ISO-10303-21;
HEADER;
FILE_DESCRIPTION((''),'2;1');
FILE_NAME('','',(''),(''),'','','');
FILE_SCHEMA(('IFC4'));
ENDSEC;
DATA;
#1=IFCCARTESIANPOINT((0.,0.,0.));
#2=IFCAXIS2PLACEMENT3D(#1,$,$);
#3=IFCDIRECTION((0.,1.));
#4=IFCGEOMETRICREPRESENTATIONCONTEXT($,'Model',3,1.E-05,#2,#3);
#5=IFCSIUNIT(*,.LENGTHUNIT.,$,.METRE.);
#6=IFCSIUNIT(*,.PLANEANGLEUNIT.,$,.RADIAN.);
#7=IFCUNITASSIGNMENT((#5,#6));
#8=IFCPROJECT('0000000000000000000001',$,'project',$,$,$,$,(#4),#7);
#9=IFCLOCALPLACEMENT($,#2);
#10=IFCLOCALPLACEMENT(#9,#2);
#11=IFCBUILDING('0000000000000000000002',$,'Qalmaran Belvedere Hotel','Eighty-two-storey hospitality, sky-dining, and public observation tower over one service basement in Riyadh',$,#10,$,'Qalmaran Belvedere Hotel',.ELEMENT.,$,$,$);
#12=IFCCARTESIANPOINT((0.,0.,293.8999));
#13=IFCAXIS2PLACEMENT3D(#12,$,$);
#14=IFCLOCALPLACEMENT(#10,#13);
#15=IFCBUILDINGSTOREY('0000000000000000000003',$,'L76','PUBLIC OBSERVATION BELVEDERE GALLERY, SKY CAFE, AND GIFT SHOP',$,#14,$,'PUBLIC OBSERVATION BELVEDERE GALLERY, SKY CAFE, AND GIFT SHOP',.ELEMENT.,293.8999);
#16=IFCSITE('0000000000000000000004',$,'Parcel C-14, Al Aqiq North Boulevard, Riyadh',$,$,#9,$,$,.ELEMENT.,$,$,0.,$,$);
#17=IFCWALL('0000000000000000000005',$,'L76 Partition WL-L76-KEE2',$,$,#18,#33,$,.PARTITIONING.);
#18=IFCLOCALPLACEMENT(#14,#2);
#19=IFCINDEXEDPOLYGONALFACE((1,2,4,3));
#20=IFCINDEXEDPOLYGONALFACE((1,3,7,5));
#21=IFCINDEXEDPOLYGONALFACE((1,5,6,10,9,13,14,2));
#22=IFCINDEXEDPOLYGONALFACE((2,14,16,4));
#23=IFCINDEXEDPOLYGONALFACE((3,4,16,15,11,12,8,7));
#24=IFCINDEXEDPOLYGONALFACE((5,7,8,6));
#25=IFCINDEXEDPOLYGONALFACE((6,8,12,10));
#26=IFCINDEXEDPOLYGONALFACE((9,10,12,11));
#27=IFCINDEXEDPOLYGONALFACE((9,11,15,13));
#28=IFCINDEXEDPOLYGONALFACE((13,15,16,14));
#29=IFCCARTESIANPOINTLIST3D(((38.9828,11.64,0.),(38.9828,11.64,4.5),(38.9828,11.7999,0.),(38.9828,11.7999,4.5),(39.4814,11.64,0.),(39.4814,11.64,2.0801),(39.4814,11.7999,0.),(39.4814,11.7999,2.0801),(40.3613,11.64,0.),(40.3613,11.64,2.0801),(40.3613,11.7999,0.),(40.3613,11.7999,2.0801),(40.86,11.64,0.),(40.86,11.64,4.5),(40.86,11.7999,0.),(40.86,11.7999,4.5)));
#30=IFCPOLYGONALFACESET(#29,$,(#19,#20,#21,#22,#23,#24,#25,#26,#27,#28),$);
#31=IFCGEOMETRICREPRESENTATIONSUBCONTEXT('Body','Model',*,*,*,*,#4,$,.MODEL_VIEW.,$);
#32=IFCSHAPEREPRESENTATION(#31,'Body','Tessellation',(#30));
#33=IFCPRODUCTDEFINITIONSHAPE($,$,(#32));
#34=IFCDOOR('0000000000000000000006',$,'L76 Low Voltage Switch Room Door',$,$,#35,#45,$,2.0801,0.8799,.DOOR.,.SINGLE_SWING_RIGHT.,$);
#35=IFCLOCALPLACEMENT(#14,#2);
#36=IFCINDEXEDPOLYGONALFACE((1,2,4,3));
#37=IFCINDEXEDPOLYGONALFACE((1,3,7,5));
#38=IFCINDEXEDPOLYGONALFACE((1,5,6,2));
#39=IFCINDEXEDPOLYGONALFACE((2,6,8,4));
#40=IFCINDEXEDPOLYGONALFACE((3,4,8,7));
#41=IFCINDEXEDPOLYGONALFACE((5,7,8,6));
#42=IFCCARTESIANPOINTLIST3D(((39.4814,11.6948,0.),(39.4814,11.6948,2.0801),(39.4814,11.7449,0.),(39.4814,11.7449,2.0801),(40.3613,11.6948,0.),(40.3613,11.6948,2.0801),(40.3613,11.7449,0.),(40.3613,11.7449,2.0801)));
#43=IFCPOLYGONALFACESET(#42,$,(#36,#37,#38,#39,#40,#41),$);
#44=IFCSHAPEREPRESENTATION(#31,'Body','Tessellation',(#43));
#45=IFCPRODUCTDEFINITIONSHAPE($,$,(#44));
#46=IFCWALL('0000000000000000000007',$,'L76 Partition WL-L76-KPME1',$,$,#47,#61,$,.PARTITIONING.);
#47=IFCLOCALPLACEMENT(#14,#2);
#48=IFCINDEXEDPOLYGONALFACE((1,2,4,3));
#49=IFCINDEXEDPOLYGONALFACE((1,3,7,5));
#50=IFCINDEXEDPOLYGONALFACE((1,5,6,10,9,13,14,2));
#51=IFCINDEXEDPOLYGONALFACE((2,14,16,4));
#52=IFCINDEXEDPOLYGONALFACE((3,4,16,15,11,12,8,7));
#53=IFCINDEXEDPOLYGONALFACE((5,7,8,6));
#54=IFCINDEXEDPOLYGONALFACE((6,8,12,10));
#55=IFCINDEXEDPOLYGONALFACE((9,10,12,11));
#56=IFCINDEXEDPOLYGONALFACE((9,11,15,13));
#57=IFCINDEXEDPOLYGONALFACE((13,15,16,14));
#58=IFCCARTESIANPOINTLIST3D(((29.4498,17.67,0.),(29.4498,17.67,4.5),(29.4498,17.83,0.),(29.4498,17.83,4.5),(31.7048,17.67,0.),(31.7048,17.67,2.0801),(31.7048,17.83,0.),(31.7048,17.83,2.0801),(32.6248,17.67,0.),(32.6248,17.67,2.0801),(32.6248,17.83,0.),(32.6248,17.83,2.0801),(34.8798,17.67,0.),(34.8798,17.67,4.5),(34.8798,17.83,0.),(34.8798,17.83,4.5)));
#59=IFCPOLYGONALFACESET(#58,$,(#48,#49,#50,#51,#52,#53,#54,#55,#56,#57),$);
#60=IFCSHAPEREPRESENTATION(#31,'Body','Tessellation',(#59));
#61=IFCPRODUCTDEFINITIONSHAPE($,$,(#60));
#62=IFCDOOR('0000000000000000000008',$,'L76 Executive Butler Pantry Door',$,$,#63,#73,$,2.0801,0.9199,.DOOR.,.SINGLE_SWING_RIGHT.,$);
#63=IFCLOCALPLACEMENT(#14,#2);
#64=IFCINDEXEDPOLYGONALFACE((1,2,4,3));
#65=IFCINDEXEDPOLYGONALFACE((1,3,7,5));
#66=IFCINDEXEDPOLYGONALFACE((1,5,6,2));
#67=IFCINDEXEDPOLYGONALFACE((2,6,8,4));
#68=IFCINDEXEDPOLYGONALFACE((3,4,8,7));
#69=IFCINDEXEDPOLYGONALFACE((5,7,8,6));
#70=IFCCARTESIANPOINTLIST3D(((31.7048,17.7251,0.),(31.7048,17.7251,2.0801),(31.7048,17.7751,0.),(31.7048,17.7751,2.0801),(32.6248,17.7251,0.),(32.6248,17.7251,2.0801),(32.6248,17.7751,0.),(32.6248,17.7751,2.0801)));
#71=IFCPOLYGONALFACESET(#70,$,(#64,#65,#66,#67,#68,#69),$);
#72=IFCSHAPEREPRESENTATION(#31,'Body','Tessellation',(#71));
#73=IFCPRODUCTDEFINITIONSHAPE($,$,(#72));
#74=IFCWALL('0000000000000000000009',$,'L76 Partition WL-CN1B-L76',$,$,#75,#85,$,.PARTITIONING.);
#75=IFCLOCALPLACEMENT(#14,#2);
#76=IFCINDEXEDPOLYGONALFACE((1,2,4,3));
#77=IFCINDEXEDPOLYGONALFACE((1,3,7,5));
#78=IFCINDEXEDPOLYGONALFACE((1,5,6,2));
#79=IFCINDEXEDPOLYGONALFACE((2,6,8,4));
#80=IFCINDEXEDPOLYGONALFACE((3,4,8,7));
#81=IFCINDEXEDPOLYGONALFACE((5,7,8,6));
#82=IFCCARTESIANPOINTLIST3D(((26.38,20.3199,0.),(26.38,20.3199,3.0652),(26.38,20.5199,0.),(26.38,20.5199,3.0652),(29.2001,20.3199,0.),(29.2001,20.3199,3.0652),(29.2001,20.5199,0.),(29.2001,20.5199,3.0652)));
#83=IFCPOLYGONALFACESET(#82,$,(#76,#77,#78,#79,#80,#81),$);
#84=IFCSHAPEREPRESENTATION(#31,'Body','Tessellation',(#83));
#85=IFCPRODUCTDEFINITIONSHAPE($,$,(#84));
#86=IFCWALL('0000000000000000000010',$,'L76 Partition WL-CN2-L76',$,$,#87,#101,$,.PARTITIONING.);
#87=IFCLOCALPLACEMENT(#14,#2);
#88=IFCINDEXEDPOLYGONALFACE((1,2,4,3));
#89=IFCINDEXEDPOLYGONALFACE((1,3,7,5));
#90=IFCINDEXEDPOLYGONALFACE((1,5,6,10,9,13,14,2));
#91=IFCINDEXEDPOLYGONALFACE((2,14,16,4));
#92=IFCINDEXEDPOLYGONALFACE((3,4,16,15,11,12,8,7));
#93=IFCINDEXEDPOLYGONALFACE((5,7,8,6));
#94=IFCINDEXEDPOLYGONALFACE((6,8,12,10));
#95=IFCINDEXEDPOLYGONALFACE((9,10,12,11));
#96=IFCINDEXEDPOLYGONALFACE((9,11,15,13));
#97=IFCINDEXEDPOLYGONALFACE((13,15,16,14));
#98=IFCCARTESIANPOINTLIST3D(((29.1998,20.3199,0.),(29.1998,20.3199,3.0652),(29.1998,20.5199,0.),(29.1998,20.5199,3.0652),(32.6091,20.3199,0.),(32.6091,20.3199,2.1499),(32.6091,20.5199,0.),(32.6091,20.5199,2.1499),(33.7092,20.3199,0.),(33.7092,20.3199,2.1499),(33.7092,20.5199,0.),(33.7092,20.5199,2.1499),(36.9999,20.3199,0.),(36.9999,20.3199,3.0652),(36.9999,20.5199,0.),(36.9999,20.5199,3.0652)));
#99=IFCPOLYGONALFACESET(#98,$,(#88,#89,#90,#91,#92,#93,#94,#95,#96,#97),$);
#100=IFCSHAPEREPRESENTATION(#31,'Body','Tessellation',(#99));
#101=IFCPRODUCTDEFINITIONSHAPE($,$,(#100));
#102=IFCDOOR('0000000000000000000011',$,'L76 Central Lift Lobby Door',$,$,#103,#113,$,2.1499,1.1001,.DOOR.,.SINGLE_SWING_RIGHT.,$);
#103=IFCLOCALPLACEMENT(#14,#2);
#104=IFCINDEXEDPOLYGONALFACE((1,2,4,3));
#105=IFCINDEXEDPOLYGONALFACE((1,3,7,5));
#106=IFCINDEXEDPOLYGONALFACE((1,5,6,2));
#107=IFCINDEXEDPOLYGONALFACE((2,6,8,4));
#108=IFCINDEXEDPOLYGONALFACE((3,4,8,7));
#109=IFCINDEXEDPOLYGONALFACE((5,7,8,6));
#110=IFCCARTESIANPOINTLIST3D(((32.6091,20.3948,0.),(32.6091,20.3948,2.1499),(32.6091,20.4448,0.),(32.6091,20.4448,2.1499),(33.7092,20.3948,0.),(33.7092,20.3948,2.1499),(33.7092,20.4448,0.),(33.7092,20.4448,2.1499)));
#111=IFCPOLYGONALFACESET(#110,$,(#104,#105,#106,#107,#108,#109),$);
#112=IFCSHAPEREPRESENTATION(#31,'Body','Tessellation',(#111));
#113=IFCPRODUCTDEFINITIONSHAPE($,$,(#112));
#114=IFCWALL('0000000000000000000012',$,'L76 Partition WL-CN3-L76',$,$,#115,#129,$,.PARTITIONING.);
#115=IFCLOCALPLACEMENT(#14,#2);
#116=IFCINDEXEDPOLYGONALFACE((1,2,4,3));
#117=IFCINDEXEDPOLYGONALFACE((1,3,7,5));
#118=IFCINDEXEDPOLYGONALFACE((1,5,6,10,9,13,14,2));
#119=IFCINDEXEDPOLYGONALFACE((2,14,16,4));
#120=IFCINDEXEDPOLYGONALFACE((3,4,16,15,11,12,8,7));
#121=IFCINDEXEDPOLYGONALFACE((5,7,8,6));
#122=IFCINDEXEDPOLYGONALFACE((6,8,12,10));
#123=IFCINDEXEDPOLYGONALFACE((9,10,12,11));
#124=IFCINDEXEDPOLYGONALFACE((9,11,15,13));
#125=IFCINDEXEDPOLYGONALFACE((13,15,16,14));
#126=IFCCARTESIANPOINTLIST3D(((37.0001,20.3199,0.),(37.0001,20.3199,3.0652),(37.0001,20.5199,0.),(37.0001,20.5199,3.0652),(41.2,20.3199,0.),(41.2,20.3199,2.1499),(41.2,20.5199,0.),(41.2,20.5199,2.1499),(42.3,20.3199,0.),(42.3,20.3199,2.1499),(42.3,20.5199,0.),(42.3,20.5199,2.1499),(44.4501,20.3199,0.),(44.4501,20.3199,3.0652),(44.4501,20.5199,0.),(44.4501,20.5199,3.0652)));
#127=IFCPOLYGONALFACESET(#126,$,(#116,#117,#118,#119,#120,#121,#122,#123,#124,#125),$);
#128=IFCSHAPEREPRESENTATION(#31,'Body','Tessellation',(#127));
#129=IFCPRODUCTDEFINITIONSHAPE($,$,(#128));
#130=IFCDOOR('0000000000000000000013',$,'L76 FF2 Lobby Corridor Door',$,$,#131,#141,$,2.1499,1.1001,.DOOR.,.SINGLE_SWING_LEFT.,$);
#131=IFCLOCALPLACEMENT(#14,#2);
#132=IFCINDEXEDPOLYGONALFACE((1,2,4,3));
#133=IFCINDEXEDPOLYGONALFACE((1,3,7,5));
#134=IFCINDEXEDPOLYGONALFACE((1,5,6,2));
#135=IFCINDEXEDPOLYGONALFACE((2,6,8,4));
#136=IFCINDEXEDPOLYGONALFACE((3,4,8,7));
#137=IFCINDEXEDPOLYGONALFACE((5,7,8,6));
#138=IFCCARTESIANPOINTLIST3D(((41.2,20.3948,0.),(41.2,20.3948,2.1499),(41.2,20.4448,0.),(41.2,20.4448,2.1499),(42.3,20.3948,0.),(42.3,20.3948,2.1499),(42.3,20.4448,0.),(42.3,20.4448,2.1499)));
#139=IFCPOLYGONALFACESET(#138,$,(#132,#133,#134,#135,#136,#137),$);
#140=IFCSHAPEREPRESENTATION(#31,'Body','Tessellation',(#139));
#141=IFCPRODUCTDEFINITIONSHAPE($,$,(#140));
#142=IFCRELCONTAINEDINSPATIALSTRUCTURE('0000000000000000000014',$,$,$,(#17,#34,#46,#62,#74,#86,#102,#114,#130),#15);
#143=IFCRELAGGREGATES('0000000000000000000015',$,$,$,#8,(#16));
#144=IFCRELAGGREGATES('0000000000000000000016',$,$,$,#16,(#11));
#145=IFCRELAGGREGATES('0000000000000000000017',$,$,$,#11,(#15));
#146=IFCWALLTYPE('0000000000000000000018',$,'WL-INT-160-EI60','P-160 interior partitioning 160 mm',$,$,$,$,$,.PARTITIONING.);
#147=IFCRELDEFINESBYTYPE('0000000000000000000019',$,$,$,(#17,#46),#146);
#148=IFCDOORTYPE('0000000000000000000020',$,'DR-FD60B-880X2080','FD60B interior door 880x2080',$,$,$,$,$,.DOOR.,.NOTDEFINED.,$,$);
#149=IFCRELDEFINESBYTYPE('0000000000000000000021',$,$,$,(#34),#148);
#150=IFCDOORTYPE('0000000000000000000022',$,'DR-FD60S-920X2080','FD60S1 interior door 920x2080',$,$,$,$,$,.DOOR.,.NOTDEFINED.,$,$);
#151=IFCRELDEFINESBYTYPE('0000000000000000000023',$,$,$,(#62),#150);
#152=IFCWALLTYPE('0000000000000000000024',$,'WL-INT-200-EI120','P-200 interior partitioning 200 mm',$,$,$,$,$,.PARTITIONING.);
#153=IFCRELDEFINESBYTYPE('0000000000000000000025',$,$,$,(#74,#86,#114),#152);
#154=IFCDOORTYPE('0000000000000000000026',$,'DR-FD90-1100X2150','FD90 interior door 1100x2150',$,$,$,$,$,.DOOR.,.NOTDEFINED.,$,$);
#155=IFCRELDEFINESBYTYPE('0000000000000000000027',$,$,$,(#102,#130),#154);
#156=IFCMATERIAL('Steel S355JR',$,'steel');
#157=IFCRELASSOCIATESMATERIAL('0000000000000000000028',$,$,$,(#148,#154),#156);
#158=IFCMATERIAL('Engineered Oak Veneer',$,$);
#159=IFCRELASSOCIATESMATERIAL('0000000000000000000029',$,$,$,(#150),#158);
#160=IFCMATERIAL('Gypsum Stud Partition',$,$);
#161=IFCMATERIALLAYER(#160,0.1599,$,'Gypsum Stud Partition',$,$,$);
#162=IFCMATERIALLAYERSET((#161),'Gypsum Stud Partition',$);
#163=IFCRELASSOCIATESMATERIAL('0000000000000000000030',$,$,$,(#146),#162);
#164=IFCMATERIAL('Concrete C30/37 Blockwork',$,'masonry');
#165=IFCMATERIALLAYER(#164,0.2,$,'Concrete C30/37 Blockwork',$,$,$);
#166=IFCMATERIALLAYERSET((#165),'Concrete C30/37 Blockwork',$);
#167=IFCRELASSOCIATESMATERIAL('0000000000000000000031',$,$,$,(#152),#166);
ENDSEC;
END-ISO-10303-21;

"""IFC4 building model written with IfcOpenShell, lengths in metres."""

from ifc_helpers import new_model, si_unit, direction, frame, frame_2d, origin, place, context, subcontext, project, spatial, rectangle, extrude, material, layer, layer_set, type_object, element, fill, save


model = new_model("IFC4")

# Units and contexts
model_context = context("Model", 3, precision=1e-05, world=origin(), true_north=direction((0.0, 1.0)))
body_context = subcontext(model_context, "Body", "Model", "MODEL_VIEW")
ifc_project = project(units=[si_unit("LENGTHUNIT", "METRE"), si_unit("PLANEANGLEUNIT", "RADIAN")], contexts=[model_context])

# Site, building, storey
site_placement = place(None, origin())
site = spatial("IfcSite", under=ifc_project, at=site_placement, Name="Parcel C-14, Al Aqiq North Boulevard, Riyadh", CompositionType="ELEMENT", RefElevation=0.0)
building_placement = place(site_placement, origin())
building = spatial("IfcBuilding", under=site, at=building_placement, Name="Qalmaran Belvedere Hotel", Description="Eighty-two-storey hospitality, sky-dining, and public observation tower over one service basement in Riyadh", LongName="Qalmaran Belvedere Hotel", CompositionType="ELEMENT")
storey_placement = place(building_placement, frame((0.0, 0.0, 293.8999)))
storey = spatial("IfcBuildingStorey", under=building, at=storey_placement, Name="L76", Description="PUBLIC OBSERVATION BELVEDERE GALLERY, SKY CAFE, AND GIFT SHOP", LongName="PUBLIC OBSERVATION BELVEDERE GALLERY, SKY CAFE, AND GIFT SHOP", CompositionType="ELEMENT", Elevation=293.8999)

# Shared definitions
ifc_material_1 = material(Name="Steel S355JR", Category="steel")

# Shared definitions
ifc_material_2 = material(Name="Gypsum Stud Partition")

# Shared definitions
door_type_1 = type_object("IfcDoorType", Name="DR-FD60B-880X2080", Description="FD60B interior door 880x2080", OperationType="NOTDEFINED", PredefinedType="DOOR", material=ifc_material_1)
ifc_material_3 = material(Name="Engineered Oak Veneer")
door_type_2 = type_object("IfcDoorType", Name="DR-FD60S-920X2080", Description="FD60S1 interior door 920x2080", OperationType="NOTDEFINED", PredefinedType="DOOR", material=ifc_material_3)

# Walls, openings, doors
ifc_layer_1 = layer(ifc_material_2, 0.1599, Name="Gypsum Stud Partition")
ifc_layer_set_1 = layer_set([ifc_layer_1], Name="Gypsum Stud Partition")
wall_type_1 = type_object("IfcWallType", Name="WL-INT-160-EI60", Description="P-160 interior partitioning 160 mm", PredefinedType="PARTITIONING", material=ifc_layer_set_1)
wall_1_placement = place(storey_placement, frame((38.9829, 11.72, 0.0), z_axis=(0.0, 0.0, 1.0), x_axis=(1.0, 0.0, 0.0)))
wall_1 = element("IfcWall", 1, at=wall_1_placement, inside=storey, type_object=wall_type_1, Name="L76 Partition WL-L76-KEE2", PredefinedType="PARTITIONING", context=body_context, shape_type="SweptSolid", body=[
    extrude(rectangle(XDim=1.8772, YDim=0.1599, at=frame_2d((0.9385, 0.0))), origin(), (0.0, 0.0, 1.0), 4.5),
])
opening_1_placement = place(wall_1_placement, frame((0.4985, 0.0, 0.0)))
opening_1 = element("IfcOpeningElement", 2, at=opening_1_placement, cuts=wall_1, PredefinedType="OPENING", context=body_context, shape_type="SweptSolid", body=[
    extrude(rectangle(XDim=0.8799, YDim=2.0801, at=frame_2d((0.4399, 1.04))), frame((0.0, 0.0898, 0.0), z_axis=(0.0, -1.0, 0.0), x_axis=(1.0, 0.0, 0.0)), (0.0, 0.0, 1.0), 0.1799),
])
door_1_placement = place(opening_1_placement, origin())
door_1 = element("IfcDoor", 3, at=door_1_placement, inside=storey, type_object=door_type_1, Name="L76 Low Voltage Switch Room Door", OperationType="SINGLE_SWING_RIGHT", OverallHeight=2.0801, OverallWidth=0.8799, PredefinedType="DOOR", context=body_context, shape_type="SweptSolid", body=[
    extrude(rectangle(XDim=0.8799, YDim=2.0801, at=frame_2d((0.4399, 1.04))), frame((0.0, 0.0249, 0.0), z_axis=(0.0, -1.0, 0.0), x_axis=(1.0, 0.0, 0.0)), (0.0, 0.0, 1.0), 0.05),
])
fill(opening_1, door_1)
wall_2_placement = place(storey_placement, frame((29.45, 17.75, 0.0), z_axis=(0.0, 0.0, 1.0), x_axis=(1.0, 0.0, 0.0)))
wall_2 = element("IfcWall", 4, at=wall_2_placement, inside=storey, type_object=wall_type_1, Name="L76 Partition WL-L76-KPME1", PredefinedType="PARTITIONING", context=body_context, shape_type="SweptSolid", body=[
    extrude(rectangle(XDim=5.4299, YDim=0.1599, at=frame_2d((2.7148, 0.0))), origin(), (0.0, 0.0, 1.0), 4.5),
])
opening_2_placement = place(wall_2_placement, frame((3.1748, 0.0, 0.0), z_axis=(0.0, 0.0, 1.0), x_axis=(-1.0, 0.0, 0.0)))
opening_2 = element("IfcOpeningElement", 5, at=opening_2_placement, cuts=wall_2, PredefinedType="OPENING", context=body_context, shape_type="SweptSolid", body=[
    extrude(rectangle(XDim=0.9199, YDim=2.0801, at=frame_2d((0.46, 1.04))), frame((0.0, 0.0898, 0.0), z_axis=(0.0, -1.0, 0.0), x_axis=(1.0, 0.0, 0.0)), (0.0, 0.0, 1.0), 0.1799),
])
door_2_placement = place(opening_2_placement, origin())
door_2 = element("IfcDoor", 6, at=door_2_placement, inside=storey, type_object=door_type_2, Name="L76 Executive Butler Pantry Door", OperationType="SINGLE_SWING_RIGHT", OverallHeight=2.0801, OverallWidth=0.9199, PredefinedType="DOOR", context=body_context, shape_type="SweptSolid", body=[
    extrude(rectangle(XDim=0.9199, YDim=2.0801, at=frame_2d((0.46, 1.04))), frame((0.0, 0.0249, 0.0), z_axis=(0.0, -1.0, 0.0), x_axis=(1.0, 0.0, 0.0)), (0.0, 0.0, 1.0), 0.05),
])
fill(opening_2, door_2)

# Wall
ifc_material_4 = material(Name="Concrete C30/37 Blockwork", Category="masonry")
ifc_layer_2 = layer(ifc_material_4, 0.2, Name="Concrete C30/37 Blockwork")
ifc_layer_set_2 = layer_set([ifc_layer_2], Name="Concrete C30/37 Blockwork")
wall_type_2 = type_object("IfcWallType", Name="WL-INT-200-EI120", Description="P-200 interior partitioning 200 mm", PredefinedType="PARTITIONING", material=ifc_layer_set_2)
wall_3_placement = place(storey_placement, frame((26.3799, 20.4199, 0.0), z_axis=(0.0, 0.0, 1.0), x_axis=(1.0, 0.0, 0.0)))
element("IfcWall", 7, at=wall_3_placement, inside=storey, type_object=wall_type_2, Name="L76 Partition WL-CN1B-L76", PredefinedType="PARTITIONING", context=body_context, shape_type="SweptSolid", body=[
    extrude(rectangle(XDim=2.8201, YDim=0.2, at=frame_2d((1.4102, 0.0))), origin(), (0.0, 0.0, 1.0), 3.0652),
])

# Walls, openings, doors
wall_4_placement = place(storey_placement, frame((29.2, 20.4199, 0.0), z_axis=(0.0, 0.0, 1.0), x_axis=(1.0, 0.0, 0.0)))
wall_4 = element("IfcWall", 8, at=wall_4_placement, inside=storey, type_object=wall_type_2, Name="L76 Partition WL-CN2-L76", PredefinedType="PARTITIONING", context=body_context, shape_type="SweptSolid", body=[
    extrude(rectangle(XDim=7.8, YDim=0.2, at=frame_2d((3.8999, 0.0))), origin(), (0.0, 0.0, 1.0), 3.0652),
])
opening_3_placement = place(wall_4_placement, frame((3.4092, 0.0, 0.0)))
opening_3 = element("IfcOpeningElement", 9, at=opening_3_placement, cuts=wall_4, PredefinedType="OPENING", context=body_context, shape_type="SweptSolid", body=[
    extrude(rectangle(XDim=1.1001, YDim=2.1499, at=frame_2d((0.55, 1.075))), frame((0.0, 0.1099, 0.0), z_axis=(0.0, -1.0, 0.0), x_axis=(1.0, 0.0, 0.0)), (0.0, 0.0, 1.0), 0.22),
])
door_type_3 = type_object("IfcDoorType", Name="DR-FD90-1100X2150", Description="FD90 interior door 1100x2150", OperationType="NOTDEFINED", PredefinedType="DOOR", material=ifc_material_1)
door_3_placement = place(opening_3_placement, origin())
door_3 = element("IfcDoor", 10, at=door_3_placement, inside=storey, type_object=door_type_3, Name="L76 Central Lift Lobby Door", OperationType="SINGLE_SWING_RIGHT", OverallHeight=2.1499, OverallWidth=1.1001, PredefinedType="DOOR", context=body_context, shape_type="SweptSolid", body=[
    extrude(rectangle(XDim=1.1001, YDim=2.1499, at=frame_2d((0.55, 1.075))), frame((0.0, 0.0249, 0.0), z_axis=(0.0, -1.0, 0.0), x_axis=(1.0, 0.0, 0.0)), (0.0, 0.0, 1.0), 0.05),
])
fill(opening_3, door_3)
wall_5_placement = place(storey_placement, frame((37.0, 20.4199, 0.0), z_axis=(0.0, 0.0, 1.0), x_axis=(1.0, 0.0, 0.0)))
wall_5 = element("IfcWall", 11, at=wall_5_placement, inside=storey, type_object=wall_type_2, Name="L76 Partition WL-CN3-L76", PredefinedType="PARTITIONING", context=body_context, shape_type="SweptSolid", body=[
    extrude(rectangle(XDim=7.45, YDim=0.2, at=frame_2d((3.7251, 0.0))), origin(), (0.0, 0.0, 1.0), 3.0652),
])
opening_4_placement = place(wall_5_placement, frame((4.2, 0.0, 0.0)))
opening_4 = element("IfcOpeningElement", 12, at=opening_4_placement, cuts=wall_5, PredefinedType="OPENING", context=body_context, shape_type="SweptSolid", body=[
    extrude(rectangle(XDim=1.1001, YDim=2.1499, at=frame_2d((0.55, 1.075))), frame((0.0, 0.1099, 0.0), z_axis=(0.0, -1.0, 0.0), x_axis=(1.0, 0.0, 0.0)), (0.0, 0.0, 1.0), 0.22),
])
door_4_placement = place(opening_4_placement, origin())
door_4 = element("IfcDoor", 13, at=door_4_placement, inside=storey, type_object=door_type_3, Name="L76 FF2 Lobby Corridor Door", OperationType="SINGLE_SWING_LEFT", OverallHeight=2.1499, OverallWidth=1.1001, PredefinedType="DOOR", context=body_context, shape_type="SweptSolid", body=[
    extrude(rectangle(XDim=1.1001, YDim=2.1499, at=frame_2d((0.55, 1.075))), frame((0.0, 0.0249, 0.0), z_axis=(0.0, -1.0, 0.0), x_axis=(1.0, 0.0, 0.0)), (0.0, 0.0, 1.0), 0.05),
])
fill(opening_4, door_4)

save(model, "model.ifc")
